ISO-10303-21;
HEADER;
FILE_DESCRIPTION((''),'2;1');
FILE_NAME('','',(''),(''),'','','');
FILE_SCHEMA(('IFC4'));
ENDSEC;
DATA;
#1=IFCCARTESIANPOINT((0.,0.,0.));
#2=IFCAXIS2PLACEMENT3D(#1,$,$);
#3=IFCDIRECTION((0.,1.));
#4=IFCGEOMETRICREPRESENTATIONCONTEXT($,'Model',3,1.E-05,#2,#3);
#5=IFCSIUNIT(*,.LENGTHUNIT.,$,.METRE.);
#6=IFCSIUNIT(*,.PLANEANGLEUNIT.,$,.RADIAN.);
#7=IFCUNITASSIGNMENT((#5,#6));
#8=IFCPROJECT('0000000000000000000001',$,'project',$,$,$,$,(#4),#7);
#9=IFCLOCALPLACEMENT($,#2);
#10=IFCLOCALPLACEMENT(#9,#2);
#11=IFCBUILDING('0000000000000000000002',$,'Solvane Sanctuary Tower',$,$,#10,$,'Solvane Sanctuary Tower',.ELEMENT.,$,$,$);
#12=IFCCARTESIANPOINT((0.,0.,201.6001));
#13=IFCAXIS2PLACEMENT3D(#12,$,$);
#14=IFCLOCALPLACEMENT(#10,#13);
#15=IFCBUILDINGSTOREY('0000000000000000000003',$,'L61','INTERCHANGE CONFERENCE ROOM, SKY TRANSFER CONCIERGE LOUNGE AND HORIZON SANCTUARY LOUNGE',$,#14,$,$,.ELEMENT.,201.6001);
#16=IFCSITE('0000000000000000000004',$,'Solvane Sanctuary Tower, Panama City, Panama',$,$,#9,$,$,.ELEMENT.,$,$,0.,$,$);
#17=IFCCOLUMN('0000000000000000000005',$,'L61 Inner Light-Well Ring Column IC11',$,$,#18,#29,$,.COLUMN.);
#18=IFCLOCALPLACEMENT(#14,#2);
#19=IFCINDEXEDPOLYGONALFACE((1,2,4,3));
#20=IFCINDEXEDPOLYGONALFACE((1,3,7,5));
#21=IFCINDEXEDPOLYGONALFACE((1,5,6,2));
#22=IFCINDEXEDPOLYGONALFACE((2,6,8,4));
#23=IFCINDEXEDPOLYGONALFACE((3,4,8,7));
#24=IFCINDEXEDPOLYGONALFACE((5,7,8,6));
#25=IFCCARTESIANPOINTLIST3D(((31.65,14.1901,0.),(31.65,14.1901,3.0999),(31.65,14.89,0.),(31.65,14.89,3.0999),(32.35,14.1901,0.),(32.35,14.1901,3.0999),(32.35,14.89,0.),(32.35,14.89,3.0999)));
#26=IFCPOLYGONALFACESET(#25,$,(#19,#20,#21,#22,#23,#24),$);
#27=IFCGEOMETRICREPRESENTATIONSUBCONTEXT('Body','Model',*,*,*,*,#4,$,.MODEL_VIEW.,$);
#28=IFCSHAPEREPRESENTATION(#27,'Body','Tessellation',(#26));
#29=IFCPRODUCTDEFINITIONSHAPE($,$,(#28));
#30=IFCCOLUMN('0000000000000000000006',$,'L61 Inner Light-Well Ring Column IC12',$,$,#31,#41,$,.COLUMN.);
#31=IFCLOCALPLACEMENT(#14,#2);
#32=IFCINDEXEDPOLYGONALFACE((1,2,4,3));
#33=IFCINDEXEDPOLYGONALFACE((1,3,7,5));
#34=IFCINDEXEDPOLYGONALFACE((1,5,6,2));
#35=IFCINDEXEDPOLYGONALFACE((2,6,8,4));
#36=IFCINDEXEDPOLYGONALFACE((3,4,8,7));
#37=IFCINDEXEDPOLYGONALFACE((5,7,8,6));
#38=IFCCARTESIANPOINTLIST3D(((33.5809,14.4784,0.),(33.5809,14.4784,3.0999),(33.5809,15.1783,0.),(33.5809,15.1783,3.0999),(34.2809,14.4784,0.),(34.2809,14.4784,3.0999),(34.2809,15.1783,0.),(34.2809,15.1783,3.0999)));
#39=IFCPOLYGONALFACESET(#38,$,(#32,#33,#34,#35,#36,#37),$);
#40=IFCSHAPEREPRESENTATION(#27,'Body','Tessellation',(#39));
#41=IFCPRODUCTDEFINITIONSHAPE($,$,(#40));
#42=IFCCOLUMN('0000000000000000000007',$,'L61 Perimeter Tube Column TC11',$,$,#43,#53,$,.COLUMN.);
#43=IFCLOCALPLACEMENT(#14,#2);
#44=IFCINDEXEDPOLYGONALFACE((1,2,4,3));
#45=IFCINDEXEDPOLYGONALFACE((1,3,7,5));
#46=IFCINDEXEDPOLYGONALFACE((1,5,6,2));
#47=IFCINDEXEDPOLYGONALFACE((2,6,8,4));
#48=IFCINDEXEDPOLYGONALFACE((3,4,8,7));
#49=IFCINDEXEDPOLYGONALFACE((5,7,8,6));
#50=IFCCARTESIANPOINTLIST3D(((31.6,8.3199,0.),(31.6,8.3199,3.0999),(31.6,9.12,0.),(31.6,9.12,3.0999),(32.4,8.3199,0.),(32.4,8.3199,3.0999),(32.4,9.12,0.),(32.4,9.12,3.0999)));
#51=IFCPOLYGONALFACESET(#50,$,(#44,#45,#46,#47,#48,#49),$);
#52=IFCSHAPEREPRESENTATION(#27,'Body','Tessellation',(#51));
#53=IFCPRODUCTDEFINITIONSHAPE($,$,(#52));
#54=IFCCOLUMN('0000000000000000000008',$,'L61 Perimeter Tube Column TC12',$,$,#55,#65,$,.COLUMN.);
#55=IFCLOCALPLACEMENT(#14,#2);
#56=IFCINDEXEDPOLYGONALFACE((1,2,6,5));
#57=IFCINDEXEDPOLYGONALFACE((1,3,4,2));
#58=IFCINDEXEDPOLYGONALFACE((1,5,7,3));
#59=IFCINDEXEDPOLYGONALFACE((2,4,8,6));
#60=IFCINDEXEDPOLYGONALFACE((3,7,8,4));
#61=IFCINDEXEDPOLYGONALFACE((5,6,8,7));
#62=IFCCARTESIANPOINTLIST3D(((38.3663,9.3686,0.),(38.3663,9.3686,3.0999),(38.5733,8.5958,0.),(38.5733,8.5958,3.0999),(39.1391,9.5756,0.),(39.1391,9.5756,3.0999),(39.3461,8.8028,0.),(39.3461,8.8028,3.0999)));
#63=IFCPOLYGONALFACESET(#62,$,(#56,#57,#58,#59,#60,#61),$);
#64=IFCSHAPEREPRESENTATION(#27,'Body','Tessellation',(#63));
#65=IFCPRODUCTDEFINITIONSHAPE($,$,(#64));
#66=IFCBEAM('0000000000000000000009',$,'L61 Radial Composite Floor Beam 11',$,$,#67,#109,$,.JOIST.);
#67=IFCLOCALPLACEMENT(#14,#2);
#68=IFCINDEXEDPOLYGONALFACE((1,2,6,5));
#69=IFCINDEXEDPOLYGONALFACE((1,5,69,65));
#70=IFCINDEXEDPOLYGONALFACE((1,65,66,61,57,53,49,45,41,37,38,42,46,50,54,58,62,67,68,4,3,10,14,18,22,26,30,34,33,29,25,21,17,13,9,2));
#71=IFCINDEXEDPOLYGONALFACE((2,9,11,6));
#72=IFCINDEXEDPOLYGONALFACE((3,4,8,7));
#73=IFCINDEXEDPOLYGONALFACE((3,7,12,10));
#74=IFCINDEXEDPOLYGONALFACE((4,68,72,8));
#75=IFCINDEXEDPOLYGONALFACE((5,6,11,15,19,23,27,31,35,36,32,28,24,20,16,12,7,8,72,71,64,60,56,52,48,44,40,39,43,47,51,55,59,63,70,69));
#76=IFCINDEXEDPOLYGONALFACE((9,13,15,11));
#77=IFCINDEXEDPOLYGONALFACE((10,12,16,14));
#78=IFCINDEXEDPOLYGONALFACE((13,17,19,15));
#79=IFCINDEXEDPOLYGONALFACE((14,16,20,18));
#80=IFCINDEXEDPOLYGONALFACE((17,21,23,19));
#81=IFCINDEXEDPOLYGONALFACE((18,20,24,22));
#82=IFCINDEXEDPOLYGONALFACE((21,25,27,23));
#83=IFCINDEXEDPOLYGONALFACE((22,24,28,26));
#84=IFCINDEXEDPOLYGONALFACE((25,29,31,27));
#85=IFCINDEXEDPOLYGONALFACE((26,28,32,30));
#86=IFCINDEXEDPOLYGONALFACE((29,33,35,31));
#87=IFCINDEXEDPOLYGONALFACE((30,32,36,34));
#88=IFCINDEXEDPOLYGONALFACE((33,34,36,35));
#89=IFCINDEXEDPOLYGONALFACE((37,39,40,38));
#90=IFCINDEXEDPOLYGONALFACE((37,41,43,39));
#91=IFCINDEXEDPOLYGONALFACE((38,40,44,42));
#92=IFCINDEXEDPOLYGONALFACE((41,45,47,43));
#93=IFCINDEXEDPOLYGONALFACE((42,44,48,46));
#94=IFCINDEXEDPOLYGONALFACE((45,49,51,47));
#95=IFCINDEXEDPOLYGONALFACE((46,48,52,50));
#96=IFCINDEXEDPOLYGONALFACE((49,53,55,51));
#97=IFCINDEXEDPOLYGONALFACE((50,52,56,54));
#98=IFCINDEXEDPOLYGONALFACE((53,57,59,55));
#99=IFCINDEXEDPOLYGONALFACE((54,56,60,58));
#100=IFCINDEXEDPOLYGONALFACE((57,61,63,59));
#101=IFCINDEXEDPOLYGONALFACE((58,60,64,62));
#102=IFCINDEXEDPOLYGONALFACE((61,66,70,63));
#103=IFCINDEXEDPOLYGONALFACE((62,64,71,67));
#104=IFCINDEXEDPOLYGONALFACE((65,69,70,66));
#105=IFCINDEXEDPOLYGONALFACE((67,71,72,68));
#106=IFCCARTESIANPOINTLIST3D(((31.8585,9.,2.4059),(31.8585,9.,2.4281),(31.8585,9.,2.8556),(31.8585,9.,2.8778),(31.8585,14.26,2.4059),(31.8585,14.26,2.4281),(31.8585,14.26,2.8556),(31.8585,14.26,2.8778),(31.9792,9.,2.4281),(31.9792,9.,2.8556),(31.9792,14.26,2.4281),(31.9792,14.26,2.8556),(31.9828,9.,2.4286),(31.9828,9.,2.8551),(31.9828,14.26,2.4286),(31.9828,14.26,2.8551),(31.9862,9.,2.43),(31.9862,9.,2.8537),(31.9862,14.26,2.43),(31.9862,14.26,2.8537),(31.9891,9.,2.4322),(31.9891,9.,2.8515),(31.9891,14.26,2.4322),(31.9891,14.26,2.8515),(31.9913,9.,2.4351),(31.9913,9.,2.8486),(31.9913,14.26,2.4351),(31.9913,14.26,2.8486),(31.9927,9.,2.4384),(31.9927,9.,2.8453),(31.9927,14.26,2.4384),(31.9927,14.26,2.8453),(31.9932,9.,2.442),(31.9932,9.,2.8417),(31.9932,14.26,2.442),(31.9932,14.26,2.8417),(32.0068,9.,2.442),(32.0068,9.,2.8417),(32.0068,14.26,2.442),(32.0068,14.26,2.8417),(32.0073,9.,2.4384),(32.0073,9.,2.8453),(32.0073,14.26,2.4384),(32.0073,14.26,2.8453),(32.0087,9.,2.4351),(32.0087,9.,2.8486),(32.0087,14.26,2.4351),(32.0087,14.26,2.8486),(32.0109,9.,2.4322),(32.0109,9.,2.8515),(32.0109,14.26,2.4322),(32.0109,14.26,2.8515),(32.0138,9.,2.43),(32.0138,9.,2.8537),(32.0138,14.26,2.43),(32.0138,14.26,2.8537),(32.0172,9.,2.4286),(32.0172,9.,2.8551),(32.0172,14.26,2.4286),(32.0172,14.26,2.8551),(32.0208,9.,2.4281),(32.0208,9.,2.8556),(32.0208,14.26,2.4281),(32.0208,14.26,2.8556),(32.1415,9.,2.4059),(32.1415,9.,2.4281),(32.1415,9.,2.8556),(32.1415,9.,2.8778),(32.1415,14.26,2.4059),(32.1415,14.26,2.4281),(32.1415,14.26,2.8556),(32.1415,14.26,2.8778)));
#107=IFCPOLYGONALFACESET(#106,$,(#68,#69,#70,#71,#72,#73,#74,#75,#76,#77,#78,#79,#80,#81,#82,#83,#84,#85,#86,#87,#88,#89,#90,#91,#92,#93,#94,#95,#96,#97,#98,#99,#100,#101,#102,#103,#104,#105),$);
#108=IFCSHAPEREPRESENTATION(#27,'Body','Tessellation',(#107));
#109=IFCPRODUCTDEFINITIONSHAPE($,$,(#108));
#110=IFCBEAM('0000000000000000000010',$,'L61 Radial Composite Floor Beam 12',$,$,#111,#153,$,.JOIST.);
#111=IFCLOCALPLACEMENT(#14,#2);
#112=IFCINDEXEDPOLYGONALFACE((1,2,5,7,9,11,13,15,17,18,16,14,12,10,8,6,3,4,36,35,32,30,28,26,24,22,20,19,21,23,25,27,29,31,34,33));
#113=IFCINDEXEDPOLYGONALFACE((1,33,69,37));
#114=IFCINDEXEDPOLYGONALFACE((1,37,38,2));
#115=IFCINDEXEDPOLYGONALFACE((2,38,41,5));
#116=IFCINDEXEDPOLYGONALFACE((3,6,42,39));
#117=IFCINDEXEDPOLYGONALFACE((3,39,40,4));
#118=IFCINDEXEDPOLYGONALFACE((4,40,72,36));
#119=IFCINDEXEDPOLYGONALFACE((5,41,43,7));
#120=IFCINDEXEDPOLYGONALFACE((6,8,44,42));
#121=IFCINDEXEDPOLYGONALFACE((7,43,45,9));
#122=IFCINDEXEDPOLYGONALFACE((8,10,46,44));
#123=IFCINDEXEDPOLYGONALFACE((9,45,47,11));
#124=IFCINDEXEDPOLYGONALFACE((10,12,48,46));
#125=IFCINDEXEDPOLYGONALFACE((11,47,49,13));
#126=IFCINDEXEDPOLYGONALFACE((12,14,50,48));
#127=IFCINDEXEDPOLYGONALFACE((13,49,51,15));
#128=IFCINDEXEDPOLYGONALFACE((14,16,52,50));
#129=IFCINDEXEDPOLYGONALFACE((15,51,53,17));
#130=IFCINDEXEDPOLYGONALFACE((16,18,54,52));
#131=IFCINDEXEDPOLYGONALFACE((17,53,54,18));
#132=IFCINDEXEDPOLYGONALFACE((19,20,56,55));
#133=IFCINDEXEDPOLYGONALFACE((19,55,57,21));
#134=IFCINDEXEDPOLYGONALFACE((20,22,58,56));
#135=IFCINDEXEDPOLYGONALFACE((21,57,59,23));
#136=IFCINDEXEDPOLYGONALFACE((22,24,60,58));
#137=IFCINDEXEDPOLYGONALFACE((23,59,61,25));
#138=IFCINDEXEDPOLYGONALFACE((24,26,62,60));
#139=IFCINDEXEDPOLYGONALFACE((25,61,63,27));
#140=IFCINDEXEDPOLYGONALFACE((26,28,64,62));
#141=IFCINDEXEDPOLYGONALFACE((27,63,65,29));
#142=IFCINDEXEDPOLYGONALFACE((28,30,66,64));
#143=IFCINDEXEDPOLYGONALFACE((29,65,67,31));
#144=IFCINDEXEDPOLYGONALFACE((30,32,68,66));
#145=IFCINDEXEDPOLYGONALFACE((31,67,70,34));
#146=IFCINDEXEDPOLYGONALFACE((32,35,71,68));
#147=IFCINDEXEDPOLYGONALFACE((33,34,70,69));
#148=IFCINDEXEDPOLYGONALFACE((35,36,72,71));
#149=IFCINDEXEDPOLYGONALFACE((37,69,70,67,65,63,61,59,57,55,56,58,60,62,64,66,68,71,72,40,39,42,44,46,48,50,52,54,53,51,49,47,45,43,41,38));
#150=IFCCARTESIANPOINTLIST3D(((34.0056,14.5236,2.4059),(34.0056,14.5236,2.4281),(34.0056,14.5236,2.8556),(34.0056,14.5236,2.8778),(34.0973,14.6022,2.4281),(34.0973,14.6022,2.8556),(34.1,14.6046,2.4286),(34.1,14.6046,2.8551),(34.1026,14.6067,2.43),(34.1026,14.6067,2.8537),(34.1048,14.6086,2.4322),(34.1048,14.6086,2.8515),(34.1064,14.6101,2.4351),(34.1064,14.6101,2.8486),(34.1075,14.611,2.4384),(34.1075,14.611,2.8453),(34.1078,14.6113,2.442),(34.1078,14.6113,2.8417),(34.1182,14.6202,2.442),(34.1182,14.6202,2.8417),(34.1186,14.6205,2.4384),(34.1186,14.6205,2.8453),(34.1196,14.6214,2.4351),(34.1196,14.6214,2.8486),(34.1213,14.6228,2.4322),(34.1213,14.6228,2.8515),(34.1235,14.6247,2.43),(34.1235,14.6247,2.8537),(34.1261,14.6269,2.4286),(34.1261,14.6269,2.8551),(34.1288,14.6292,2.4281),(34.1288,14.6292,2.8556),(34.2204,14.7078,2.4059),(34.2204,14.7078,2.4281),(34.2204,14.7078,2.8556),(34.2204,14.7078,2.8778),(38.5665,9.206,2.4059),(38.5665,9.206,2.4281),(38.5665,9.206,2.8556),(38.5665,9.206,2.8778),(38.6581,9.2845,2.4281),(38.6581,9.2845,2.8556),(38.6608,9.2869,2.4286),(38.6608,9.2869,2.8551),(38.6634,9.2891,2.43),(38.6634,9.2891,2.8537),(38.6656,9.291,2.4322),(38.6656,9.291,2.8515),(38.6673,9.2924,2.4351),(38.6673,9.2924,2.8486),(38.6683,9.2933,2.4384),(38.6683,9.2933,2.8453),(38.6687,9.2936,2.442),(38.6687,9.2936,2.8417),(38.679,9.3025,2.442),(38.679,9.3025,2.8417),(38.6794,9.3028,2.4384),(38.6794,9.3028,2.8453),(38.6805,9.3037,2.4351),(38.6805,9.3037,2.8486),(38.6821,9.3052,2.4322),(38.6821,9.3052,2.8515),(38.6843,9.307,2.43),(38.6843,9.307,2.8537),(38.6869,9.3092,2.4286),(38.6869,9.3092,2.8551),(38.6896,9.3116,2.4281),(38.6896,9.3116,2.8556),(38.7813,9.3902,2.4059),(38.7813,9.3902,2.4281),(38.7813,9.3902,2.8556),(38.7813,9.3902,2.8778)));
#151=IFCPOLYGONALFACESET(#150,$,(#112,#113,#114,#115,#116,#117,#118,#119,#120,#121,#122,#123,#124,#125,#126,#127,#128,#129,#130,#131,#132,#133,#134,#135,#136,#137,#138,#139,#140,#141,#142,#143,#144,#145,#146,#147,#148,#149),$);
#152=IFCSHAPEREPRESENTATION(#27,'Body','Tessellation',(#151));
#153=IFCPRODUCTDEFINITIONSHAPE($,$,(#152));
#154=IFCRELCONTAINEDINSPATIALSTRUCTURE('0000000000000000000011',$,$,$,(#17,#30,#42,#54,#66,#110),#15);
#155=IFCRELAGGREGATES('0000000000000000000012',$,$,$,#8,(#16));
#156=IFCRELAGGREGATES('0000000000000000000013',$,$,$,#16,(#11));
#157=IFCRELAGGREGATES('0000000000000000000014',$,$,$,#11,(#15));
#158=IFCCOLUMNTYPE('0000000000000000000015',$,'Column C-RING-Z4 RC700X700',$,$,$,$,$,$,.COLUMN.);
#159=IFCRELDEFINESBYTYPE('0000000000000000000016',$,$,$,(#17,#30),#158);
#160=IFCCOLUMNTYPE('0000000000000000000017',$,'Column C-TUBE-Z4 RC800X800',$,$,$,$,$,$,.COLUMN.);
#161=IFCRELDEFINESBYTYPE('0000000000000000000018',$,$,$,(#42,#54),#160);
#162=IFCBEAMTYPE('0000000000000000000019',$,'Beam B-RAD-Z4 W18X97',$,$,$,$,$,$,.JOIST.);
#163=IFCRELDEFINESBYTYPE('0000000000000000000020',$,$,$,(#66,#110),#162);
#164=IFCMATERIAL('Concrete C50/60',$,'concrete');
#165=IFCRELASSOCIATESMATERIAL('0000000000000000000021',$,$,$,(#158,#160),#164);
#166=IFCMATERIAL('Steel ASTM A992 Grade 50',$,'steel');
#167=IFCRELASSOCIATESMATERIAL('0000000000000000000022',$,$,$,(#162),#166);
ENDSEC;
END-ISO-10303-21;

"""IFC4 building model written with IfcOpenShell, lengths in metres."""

from ifc_helpers import new_model, si_unit, direction, frame, origin, origin_2d, place, context, subcontext, project, spatial, rectangle, i_section, extrude, material, material_profile, profile_set, type_object, element, save


model = new_model("IFC4")

# Units and contexts
model_context = context("Model", 3, precision=1e-05, world=origin(), true_north=direction((0.0, 1.0)))
body_context = subcontext(model_context, "Body", "Model", "MODEL_VIEW")
ifc_project = project(units=[si_unit("LENGTHUNIT", "METRE"), si_unit("PLANEANGLEUNIT", "RADIAN")], contexts=[model_context])

# Site, building, storey
site_placement = place(None, origin())
site = spatial("IfcSite", under=ifc_project, at=site_placement, Name="Solvane Sanctuary Tower, Panama City, Panama", CompositionType="ELEMENT", RefElevation=0.0)
building_placement = place(site_placement, origin())
building = spatial("IfcBuilding", under=site, at=building_placement, Name="Solvane Sanctuary Tower", LongName="Solvane Sanctuary Tower", CompositionType="ELEMENT")
storey_placement = place(building_placement, frame((0.0, 0.0, 201.6001)))
storey = spatial("IfcBuildingStorey", under=building, at=storey_placement, Name="L61", Description="INTERCHANGE CONFERENCE ROOM, SKY TRANSFER CONCIERGE LOUNGE AND HORIZON SANCTUARY LOUNGE", CompositionType="ELEMENT", Elevation=201.6001)

# Columns
ifc_material_1 = material(Name="Concrete C50/60", Category="concrete")
ifc_material_profile_1 = material_profile(ifc_material_1, rectangle(XDim=0.7, YDim=0.7, at=origin_2d()), Name="RC700X700")
ifc_profile_set_1 = profile_set([ifc_material_profile_1], Name="Concrete C50/60")
column_type_1 = type_object("IfcColumnType", Name="Column C-RING-Z4 RC700X700", PredefinedType="COLUMN", material=ifc_profile_set_1)
for number, where, z_axis, x_axis, name in (
    (1, (32.0, 14.54, 0.0), (0.0, 0.0, 1.0), (1.0, 0.0, 0.0), "L61 Inner Light-Well Ring Column IC11"),
    (2, (33.9309, 14.8284, 0.0), (0.0, 0.0, 1.0), (1.0, 0.0, 0.0), "L61 Inner Light-Well Ring Column IC12"),
):
    element("IfcColumn", number, at=place(storey_placement, frame(where, z_axis=z_axis, x_axis=x_axis)), inside=storey, type_object=column_type_1, Name=name, PredefinedType="COLUMN", context=body_context, shape_type="SweptSolid", body=[
        extrude(rectangle(XDim=0.7, YDim=0.7, at=origin_2d()), origin(), (0.0, 0.0, 1.0), 3.0999),
    ])
ifc_material_profile_2 = material_profile(ifc_material_1, rectangle(XDim=0.8, YDim=0.8, at=origin_2d()), Name="RC800X800")
ifc_profile_set_2 = profile_set([ifc_material_profile_2], Name="Concrete C50/60")
column_type_2 = type_object("IfcColumnType", Name="Column C-TUBE-Z4 RC800X800", PredefinedType="COLUMN", material=ifc_profile_set_2)
for number, where, z_axis, x_axis, name in (
    (3, (32.0, 8.72, 0.0), (0.0, 0.0, 1.0), (0.0, -1.0, 0.0), "L61 Perimeter Tube Column TC11"),
    (4, (38.8562, 9.0857, 0.0), (0.0, 0.0, 1.0), (0.258819, -0.965926, 0.0), "L61 Perimeter Tube Column TC12"),
):
    element("IfcColumn", number, at=place(storey_placement, frame(where, z_axis=z_axis, x_axis=x_axis)), inside=storey, type_object=column_type_2, Name=name, PredefinedType="COLUMN", context=body_context, shape_type="SweptSolid", body=[
        extrude(rectangle(XDim=0.8, YDim=0.8, at=origin_2d()), origin(), (0.0, 0.0, 1.0), 3.0999),
    ])

# Beams
ifc_material_2 = material(Name="Steel ASTM A992 Grade 50", Category="steel")
ifc_material_profile_3 = material_profile(ifc_material_2, i_section(OverallWidth=0.283, OverallDepth=0.4719, WebThickness=0.0137, FlangeThickness=0.0222, FilletRadius=0.0139, at=origin_2d()), Name="W18X97")
ifc_profile_set_3 = profile_set([ifc_material_profile_3], Name="Steel ASTM A992 Grade 50")
beam_type_1 = type_object("IfcBeamType", Name="Beam B-RAD-Z4 W18X97", PredefinedType="JOIST", material=ifc_profile_set_3)
beam_1_placement = place(storey_placement, frame((32.0, 14.26, 2.6418), z_axis=(0.0, -1.0, 0.0), x_axis=(1.0, 0.0, 0.0)))
element("IfcBeam", 5, at=beam_1_placement, inside=storey, type_object=beam_type_1, Name="L61 Radial Composite Floor Beam 11", PredefinedType="JOIST", context=body_context, shape_type="SweptSolid", body=[
    extrude(i_section(OverallWidth=0.283, OverallDepth=0.4719, WebThickness=0.0137, FlangeThickness=0.0222, FilletRadius=0.0139, at=origin_2d()), origin(), (0.0, 0.0, 1.0), 5.26),
])
beam_2_placement = place(storey_placement, frame((34.113, 14.6157, 2.6418), z_axis=(0.651024, -0.759057, 0.0), x_axis=(0.759057, 0.651024, 0.0)))
element("IfcBeam", 6, at=beam_2_placement, inside=storey, type_object=beam_type_1, Name="L61 Radial Composite Floor Beam 12", PredefinedType="JOIST", context=body_context, shape_type="SweptSolid", body=[
    extrude(i_section(OverallWidth=0.283, OverallDepth=0.4719, WebThickness=0.0137, FlangeThickness=0.0222, FilletRadius=0.0139, at=origin_2d()), origin(), (0.0, 0.0, 1.0), 7.0056),
])

save(model, "model.ifc")
